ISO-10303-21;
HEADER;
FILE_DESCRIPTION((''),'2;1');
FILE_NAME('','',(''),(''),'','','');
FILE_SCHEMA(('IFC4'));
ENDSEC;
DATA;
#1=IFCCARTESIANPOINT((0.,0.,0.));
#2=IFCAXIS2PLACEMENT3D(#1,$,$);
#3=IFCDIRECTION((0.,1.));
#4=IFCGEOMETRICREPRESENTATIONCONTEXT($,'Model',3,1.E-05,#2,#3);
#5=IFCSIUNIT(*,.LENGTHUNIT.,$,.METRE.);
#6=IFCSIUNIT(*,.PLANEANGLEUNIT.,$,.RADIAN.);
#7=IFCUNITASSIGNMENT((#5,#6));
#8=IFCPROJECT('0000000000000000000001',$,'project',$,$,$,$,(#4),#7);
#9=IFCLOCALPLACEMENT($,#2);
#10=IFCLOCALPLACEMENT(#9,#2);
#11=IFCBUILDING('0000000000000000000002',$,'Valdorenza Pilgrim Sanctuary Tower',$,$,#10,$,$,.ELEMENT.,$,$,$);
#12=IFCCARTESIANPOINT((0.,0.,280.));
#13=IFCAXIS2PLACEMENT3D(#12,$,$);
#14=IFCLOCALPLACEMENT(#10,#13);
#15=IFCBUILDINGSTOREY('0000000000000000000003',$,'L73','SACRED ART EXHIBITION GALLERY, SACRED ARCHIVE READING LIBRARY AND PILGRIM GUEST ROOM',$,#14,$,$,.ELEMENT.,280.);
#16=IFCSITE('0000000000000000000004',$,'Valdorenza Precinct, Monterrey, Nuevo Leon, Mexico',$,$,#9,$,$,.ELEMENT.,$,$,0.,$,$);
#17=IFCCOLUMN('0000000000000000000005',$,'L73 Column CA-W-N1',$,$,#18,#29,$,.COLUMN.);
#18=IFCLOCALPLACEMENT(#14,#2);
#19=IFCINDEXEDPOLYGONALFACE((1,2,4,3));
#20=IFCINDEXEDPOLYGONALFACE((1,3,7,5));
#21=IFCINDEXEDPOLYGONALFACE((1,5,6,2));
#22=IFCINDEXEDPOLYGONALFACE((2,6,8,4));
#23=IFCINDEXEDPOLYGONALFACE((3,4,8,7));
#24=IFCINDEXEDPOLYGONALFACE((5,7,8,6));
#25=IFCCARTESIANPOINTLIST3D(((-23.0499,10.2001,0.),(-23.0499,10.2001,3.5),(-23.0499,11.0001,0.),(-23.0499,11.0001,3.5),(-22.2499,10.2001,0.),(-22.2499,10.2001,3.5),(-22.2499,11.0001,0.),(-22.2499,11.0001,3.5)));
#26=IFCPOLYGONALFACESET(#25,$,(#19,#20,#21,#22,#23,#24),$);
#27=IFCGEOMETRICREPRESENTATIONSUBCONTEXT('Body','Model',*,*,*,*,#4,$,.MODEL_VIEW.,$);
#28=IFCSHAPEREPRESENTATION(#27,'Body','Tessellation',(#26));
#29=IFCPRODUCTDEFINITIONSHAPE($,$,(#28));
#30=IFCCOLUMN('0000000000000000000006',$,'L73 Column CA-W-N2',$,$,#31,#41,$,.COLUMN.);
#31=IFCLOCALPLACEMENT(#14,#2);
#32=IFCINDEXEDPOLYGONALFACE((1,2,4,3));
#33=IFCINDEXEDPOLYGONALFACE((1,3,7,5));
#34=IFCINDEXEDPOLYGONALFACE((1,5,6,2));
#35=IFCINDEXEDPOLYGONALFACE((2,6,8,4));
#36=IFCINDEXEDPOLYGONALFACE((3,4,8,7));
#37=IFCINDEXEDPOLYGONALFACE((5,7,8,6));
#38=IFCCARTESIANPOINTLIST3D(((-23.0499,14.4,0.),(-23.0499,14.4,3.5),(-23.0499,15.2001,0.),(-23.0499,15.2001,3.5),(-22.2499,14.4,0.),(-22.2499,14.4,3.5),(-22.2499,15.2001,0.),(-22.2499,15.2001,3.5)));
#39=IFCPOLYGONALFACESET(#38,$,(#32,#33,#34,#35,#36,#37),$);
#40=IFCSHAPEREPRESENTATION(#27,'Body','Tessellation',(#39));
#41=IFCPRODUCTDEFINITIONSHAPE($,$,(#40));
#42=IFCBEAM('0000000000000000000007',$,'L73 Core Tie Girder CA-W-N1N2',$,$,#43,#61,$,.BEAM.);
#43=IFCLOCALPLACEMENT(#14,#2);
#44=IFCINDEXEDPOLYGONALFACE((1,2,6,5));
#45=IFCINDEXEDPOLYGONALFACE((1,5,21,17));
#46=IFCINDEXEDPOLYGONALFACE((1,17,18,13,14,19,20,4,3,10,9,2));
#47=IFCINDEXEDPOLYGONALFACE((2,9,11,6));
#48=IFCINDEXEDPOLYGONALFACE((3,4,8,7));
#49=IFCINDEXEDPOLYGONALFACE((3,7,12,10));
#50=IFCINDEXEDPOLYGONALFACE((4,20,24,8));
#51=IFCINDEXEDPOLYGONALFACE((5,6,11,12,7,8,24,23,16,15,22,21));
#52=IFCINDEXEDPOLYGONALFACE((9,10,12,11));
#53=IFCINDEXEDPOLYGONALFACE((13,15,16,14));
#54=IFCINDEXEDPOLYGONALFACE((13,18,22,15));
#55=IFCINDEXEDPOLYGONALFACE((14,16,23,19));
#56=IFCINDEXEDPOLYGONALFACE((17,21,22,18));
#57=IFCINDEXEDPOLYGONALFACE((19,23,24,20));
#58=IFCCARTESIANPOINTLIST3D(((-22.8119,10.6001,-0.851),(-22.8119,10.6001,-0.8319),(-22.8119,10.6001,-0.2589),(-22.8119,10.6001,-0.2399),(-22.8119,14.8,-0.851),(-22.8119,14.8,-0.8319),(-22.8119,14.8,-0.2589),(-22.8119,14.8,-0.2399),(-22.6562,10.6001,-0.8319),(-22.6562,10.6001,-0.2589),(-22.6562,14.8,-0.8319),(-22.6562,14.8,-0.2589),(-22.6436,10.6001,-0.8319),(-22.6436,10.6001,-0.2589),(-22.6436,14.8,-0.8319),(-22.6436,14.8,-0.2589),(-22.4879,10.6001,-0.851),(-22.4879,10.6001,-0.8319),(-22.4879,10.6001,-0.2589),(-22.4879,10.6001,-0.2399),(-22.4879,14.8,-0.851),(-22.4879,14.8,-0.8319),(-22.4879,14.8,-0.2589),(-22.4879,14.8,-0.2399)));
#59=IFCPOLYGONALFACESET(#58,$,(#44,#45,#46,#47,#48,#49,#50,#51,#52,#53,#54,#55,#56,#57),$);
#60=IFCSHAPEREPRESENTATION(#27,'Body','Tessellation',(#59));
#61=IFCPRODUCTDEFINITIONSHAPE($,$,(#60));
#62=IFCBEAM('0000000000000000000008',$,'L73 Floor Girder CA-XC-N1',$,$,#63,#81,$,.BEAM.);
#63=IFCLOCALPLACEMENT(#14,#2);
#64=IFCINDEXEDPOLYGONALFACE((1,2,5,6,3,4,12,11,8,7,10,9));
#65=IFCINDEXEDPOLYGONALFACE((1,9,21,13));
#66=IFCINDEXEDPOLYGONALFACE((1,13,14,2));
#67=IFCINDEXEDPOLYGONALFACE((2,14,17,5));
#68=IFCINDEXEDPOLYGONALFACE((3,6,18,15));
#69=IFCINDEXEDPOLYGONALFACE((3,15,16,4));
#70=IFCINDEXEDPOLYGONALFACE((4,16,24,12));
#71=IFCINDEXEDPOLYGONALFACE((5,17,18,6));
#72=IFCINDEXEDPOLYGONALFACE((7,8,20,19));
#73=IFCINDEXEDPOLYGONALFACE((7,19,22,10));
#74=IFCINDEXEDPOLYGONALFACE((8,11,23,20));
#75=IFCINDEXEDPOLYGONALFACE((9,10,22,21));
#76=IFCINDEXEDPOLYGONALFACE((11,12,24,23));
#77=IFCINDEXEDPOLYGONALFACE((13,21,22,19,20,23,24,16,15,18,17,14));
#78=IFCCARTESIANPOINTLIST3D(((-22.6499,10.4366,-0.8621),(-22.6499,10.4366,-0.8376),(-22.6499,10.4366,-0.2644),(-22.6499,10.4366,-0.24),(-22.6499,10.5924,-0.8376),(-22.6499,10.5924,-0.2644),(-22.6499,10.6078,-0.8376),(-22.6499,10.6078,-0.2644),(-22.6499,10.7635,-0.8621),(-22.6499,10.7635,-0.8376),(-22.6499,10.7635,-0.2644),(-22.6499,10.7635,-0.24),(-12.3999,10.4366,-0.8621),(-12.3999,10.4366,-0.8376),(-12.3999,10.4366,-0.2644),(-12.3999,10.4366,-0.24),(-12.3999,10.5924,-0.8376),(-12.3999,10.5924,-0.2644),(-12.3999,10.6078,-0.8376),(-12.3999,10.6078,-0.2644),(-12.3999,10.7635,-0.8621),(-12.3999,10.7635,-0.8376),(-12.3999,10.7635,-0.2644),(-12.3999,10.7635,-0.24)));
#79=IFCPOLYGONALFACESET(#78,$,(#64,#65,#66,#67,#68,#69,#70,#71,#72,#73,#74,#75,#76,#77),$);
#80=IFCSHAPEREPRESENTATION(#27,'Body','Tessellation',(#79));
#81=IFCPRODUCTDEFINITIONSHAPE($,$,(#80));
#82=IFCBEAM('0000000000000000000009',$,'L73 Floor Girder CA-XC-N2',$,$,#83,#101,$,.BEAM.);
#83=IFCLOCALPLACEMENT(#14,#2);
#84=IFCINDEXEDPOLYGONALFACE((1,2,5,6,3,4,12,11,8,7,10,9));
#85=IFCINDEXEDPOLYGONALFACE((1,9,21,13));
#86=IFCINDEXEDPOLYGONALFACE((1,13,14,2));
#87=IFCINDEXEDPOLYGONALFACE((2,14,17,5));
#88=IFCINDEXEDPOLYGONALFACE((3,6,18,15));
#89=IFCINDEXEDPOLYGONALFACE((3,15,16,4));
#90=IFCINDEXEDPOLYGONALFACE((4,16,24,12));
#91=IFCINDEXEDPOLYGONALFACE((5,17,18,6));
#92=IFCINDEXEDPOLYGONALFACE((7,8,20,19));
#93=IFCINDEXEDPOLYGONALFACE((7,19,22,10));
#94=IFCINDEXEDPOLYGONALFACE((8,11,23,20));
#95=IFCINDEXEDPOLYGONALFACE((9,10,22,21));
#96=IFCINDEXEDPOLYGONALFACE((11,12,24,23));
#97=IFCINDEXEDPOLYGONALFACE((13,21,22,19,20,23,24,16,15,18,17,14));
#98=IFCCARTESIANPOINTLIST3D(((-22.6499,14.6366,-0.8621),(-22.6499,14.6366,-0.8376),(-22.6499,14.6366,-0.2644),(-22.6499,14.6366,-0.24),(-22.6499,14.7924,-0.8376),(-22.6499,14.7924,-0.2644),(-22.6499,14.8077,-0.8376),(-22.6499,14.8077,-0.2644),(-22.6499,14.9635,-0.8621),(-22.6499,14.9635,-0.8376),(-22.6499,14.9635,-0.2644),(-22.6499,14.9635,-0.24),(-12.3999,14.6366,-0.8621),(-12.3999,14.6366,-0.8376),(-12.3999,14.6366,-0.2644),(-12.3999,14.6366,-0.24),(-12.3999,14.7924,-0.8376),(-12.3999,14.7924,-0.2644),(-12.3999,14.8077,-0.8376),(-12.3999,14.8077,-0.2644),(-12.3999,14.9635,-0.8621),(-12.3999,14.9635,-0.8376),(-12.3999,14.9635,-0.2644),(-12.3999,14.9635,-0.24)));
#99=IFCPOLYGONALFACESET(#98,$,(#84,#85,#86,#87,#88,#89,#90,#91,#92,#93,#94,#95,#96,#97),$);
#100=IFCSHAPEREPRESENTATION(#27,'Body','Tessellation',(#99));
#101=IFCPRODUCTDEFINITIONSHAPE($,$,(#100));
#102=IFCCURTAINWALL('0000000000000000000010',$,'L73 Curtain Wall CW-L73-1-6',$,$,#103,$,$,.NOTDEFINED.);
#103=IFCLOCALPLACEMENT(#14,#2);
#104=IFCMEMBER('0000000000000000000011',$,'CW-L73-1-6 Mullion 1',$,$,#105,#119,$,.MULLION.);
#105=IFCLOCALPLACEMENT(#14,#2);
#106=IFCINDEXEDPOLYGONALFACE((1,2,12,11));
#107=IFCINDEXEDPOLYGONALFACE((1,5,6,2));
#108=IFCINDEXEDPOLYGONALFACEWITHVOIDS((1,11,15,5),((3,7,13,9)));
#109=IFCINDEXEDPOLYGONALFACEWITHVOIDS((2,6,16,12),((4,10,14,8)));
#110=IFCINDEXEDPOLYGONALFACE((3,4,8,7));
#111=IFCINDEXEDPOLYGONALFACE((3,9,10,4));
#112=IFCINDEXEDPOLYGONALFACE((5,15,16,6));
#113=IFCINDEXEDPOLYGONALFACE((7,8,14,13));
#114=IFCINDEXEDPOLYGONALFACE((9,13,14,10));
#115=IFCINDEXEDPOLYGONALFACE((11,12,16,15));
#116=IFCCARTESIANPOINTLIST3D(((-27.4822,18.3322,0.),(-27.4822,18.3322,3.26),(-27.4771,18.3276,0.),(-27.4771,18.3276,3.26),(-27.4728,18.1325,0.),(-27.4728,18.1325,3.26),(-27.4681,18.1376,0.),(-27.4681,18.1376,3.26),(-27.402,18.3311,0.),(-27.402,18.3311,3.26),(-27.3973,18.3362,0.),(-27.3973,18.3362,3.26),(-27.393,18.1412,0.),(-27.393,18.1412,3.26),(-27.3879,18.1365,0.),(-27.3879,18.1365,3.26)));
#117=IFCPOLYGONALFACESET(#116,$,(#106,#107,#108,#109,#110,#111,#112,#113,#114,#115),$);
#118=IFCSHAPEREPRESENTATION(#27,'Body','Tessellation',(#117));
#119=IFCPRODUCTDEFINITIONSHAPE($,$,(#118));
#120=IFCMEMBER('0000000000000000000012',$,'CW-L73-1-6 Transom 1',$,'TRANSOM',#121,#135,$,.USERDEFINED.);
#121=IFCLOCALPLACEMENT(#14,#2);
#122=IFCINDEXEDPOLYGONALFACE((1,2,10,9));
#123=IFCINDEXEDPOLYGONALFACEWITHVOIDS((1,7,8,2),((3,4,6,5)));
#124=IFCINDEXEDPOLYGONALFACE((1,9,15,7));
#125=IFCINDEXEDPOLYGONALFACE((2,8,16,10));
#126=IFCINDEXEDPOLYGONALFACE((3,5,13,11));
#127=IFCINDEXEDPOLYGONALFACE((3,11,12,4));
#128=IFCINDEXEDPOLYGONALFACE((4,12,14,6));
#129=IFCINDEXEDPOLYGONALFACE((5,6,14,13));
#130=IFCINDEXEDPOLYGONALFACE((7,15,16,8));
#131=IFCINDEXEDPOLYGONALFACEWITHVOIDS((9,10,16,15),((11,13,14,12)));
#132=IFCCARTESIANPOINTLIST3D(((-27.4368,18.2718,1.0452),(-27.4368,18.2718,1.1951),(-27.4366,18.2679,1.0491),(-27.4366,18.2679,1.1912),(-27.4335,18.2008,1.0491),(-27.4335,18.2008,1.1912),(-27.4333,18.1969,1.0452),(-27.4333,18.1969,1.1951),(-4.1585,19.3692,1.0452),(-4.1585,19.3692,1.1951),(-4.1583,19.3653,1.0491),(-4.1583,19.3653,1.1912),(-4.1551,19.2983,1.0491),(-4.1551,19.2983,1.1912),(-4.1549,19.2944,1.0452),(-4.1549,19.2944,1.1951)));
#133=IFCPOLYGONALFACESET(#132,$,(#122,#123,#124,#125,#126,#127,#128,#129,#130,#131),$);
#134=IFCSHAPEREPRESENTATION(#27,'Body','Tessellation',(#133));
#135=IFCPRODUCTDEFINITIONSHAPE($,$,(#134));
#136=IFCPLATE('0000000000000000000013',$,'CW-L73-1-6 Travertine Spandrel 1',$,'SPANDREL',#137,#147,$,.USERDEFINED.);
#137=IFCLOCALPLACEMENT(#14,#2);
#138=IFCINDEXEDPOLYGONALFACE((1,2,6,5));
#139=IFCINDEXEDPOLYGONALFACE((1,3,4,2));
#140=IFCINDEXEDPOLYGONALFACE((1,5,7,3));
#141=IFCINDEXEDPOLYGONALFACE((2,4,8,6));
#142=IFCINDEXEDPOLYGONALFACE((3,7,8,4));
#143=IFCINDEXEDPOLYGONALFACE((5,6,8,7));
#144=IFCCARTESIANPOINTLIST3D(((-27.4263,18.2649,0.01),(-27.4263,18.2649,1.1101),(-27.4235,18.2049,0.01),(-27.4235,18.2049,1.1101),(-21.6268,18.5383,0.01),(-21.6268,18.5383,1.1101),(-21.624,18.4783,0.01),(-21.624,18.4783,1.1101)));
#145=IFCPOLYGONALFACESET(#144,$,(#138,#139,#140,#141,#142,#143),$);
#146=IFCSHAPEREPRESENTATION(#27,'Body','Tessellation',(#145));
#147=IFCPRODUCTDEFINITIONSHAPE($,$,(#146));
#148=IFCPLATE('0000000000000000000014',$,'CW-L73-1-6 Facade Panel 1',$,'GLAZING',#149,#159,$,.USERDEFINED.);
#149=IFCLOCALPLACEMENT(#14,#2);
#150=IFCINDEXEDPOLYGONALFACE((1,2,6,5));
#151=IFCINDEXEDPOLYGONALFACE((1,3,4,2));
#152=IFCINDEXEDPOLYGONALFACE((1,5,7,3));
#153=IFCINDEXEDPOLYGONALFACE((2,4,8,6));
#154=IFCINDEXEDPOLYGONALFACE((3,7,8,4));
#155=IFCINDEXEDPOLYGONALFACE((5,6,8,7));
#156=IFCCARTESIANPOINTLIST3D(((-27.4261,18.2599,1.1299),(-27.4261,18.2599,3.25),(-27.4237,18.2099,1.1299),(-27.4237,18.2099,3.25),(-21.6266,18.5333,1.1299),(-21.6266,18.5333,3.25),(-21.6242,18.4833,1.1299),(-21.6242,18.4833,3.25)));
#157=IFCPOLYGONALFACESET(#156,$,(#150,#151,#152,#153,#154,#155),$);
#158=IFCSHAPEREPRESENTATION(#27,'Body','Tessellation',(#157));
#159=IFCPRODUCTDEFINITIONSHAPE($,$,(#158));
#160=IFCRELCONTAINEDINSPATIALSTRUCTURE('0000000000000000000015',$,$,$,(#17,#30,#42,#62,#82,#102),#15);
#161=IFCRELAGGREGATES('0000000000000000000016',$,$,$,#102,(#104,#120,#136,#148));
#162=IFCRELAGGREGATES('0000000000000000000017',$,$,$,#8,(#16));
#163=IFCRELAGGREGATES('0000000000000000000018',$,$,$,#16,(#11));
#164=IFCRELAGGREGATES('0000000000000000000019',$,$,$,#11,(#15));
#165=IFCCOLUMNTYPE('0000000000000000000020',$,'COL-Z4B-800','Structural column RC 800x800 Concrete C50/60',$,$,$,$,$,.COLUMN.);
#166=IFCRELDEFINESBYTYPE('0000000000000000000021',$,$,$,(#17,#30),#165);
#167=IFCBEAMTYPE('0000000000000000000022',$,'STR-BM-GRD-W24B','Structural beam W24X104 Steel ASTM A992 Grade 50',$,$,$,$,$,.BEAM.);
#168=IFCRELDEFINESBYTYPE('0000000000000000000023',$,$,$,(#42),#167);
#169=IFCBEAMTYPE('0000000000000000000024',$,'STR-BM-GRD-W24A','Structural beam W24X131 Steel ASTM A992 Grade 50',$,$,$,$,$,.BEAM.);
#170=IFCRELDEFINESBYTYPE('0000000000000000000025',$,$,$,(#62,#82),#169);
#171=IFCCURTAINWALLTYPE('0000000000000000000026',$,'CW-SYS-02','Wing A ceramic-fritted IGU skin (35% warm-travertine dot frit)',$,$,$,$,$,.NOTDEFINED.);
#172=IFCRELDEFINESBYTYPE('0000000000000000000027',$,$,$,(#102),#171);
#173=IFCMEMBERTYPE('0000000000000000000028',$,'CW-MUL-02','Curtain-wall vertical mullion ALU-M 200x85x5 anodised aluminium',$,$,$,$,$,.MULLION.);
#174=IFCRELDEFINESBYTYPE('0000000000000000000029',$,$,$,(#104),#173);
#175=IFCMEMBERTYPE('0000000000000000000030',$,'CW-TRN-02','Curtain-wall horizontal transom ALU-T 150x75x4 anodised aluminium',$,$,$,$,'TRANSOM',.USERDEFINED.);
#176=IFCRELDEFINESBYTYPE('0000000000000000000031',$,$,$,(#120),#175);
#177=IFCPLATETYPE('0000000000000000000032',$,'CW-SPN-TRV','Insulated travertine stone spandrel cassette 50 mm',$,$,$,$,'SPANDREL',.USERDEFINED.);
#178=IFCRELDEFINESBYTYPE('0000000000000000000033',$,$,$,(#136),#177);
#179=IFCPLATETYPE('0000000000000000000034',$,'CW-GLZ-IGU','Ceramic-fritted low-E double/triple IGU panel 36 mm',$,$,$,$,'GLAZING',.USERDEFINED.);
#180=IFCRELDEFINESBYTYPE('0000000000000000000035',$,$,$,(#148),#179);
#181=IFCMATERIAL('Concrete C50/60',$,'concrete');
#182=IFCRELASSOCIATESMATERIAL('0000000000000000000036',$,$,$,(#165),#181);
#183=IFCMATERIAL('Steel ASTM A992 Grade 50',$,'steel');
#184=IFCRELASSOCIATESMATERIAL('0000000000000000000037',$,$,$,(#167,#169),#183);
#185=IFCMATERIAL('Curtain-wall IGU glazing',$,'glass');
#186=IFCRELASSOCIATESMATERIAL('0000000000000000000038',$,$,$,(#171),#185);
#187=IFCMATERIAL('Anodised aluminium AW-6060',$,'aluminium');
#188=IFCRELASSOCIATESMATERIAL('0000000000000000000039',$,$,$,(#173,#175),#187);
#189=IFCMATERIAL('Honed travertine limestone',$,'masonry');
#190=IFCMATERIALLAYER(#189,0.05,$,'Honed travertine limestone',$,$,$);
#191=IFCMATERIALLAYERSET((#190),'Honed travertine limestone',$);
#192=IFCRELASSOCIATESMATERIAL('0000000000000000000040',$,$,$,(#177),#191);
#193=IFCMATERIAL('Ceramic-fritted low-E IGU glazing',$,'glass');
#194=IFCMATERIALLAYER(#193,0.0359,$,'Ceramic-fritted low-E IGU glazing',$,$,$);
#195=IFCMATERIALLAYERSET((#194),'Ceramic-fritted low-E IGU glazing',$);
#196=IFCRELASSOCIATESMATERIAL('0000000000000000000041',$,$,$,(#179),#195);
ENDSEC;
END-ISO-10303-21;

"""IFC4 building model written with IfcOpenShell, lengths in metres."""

from ifc_helpers import new_model, si_unit, direction, frame, origin, origin_2d, place, context, subcontext, project, spatial, rectangle, hollow_rectangle, i_section, extrude, source, transform, mapped, material, layer, layer_set, material_profile, profile_set, type_object, element, aggregate, save


model = new_model("IFC4")

# Units and contexts
model_context = context("Model", 3, precision=1e-05, world=origin(), true_north=direction((0.0, 1.0)))
body_context = subcontext(model_context, "Body", "Model", "MODEL_VIEW")
ifc_project = project(units=[si_unit("LENGTHUNIT", "METRE"), si_unit("PLANEANGLEUNIT", "RADIAN")], contexts=[model_context])

# Site, building, storey
site_placement = place(None, origin())
site = spatial("IfcSite", under=ifc_project, at=site_placement, Name="Valdorenza Precinct, Monterrey, Nuevo Leon, Mexico", CompositionType="ELEMENT", RefElevation=0.0)
building_placement = place(site_placement, origin())
building = spatial("IfcBuilding", under=site, at=building_placement, Name="Valdorenza Pilgrim Sanctuary Tower", CompositionType="ELEMENT")
storey_placement = place(building_placement, frame((0.0, 0.0, 280.0)))
storey = spatial("IfcBuildingStorey", under=building, at=storey_placement, Name="L73", Description="SACRED ART EXHIBITION GALLERY, SACRED ARCHIVE READING LIBRARY AND PILGRIM GUEST ROOM", CompositionType="ELEMENT", Elevation=280.0)

# Columns
ifc_material_1 = material(Name="Concrete C50/60", Category="concrete")
ifc_material_profile_1 = material_profile(ifc_material_1, rectangle(XDim=0.8, YDim=0.8, at=origin_2d()), Name="RC 800x800")
ifc_profile_set_1 = profile_set([ifc_material_profile_1], Name="Concrete C50/60")
column_type = type_object("IfcColumnType", Name="COL-Z4B-800", Description="Structural column RC 800x800 Concrete C50/60", PredefinedType="COLUMN", material=ifc_profile_set_1)
shared_shape_1 = source(origin(), body_context, "Body", "SweptSolid", [
    extrude(rectangle(XDim=0.8, YDim=0.8, at=origin_2d()), origin(), (0.0, 0.0, 1.0), 3.5),
])
for number, where, z_axis, x_axis, name in (
    (1, (-22.6499, 10.6001, 0.0), (0.0, 0.0, 1.0), (1.0, 0.0, 0.0), "L73 Column CA-W-N1"),
    (2, (-22.6499, 14.8, 0.0), (0.0, 0.0, 1.0), (1.0, 0.0, 0.0), "L73 Column CA-W-N2"),
):
    element("IfcColumn", number, at=place(storey_placement, frame(where, z_axis=z_axis, x_axis=x_axis)), inside=storey, type_object=column_type, Name=name, PredefinedType="COLUMN", context=body_context, shape_type="MappedRepresentation", body=[
        mapped(shared_shape_1, transform((0.0, 0.0, 0.0), x_axis=(1.0, 0.0, 0.0), y_axis=(0.0, 1.0, 0.0), z_axis=(0.0, 0.0, 1.0), scale=1.0)),
    ])

# Beams
ifc_material_2 = material(Name="Steel ASTM A992 Grade 50", Category="steel")
ifc_material_profile_2 = material_profile(ifc_material_2, i_section(OverallWidth=0.324, OverallDepth=0.6111, WebThickness=0.0127, FlangeThickness=0.019, at=origin_2d()), Name="W24X104")
ifc_profile_set_2 = profile_set([ifc_material_profile_2], Name="Steel ASTM A992 Grade 50")
beam_type_1 = type_object("IfcBeamType", Name="STR-BM-GRD-W24B", Description="Structural beam W24X104 Steel ASTM A992 Grade 50", PredefinedType="BEAM", material=ifc_profile_set_2)
shared_shape_2 = source(origin(), body_context, "Body", "SweptSolid", [
    extrude(i_section(OverallWidth=0.324, OverallDepth=0.6111, WebThickness=0.0127, FlangeThickness=0.019, at=origin_2d()), origin(), (0.0, 0.0, 1.0), 4.2),
])
beam_placement = place(storey_placement, frame((-22.6499, 10.6001, -0.5454), z_axis=(0.0, 1.0, 0.0), x_axis=(-1.0, 0.0, 0.0)))
element("IfcBeam", 3, at=beam_placement, inside=storey, type_object=beam_type_1, Name="L73 Core Tie Girder CA-W-N1N2", PredefinedType="BEAM", context=body_context, shape_type="MappedRepresentation", body=[
    mapped(shared_shape_2, transform((0.0, 0.0, 0.0), x_axis=(1.0, 0.0, 0.0), y_axis=(0.0, 1.0, 0.0), z_axis=(0.0, 0.0, 1.0), scale=1.0)),
])
ifc_material_profile_3 = material_profile(ifc_material_2, i_section(OverallWidth=0.3269, OverallDepth=0.6221, WebThickness=0.0154, FlangeThickness=0.0244, at=origin_2d()), Name="W24X131")
ifc_profile_set_3 = profile_set([ifc_material_profile_3], Name="Steel ASTM A992 Grade 50")
beam_type_2 = type_object("IfcBeamType", Name="STR-BM-GRD-W24A", Description="Structural beam W24X131 Steel ASTM A992 Grade 50", PredefinedType="BEAM", material=ifc_profile_set_3)
shared_shape_3 = source(origin(), body_context, "Body", "SweptSolid", [
    extrude(i_section(OverallWidth=0.3269, OverallDepth=0.6221, WebThickness=0.0154, FlangeThickness=0.0244, at=origin_2d()), origin(), (0.0, 0.0, 1.0), 10.25),
])
for number, where, z_axis, x_axis, name in (
    (4, (-22.6499, 10.6001, -0.551), (1.0, 0.0, 0.0), (0.0, 1.0, 0.0), "L73 Floor Girder CA-XC-N1"),
    (5, (-22.6499, 14.8, -0.551), (1.0, 0.0, 0.0), (0.0, 1.0, 0.0), "L73 Floor Girder CA-XC-N2"),
):
    element("IfcBeam", number, at=place(storey_placement, frame(where, z_axis=z_axis, x_axis=x_axis)), inside=storey, type_object=beam_type_2, Name=name, PredefinedType="BEAM", context=body_context, shape_type="MappedRepresentation", body=[
        mapped(shared_shape_3, transform((0.0, 0.0, 0.0), x_axis=(1.0, 0.0, 0.0), y_axis=(0.0, 1.0, 0.0), z_axis=(0.0, 0.0, 1.0), scale=1.0)),
    ])

# Curtain wall, members, plates
ifc_material_3 = material(Name="Curtain-wall IGU glazing", Category="glass")
curtain_wall_type = type_object("IfcCurtainWallType", Name="CW-SYS-02", Description="Wing A ceramic-fritted IGU skin (35% warm-travertine dot frit)", PredefinedType="NOTDEFINED", material=ifc_material_3)
curtain_wall_placement = place(storey_placement, origin())
curtain_wall = element("IfcCurtainWall", 6, at=curtain_wall_placement, inside=storey, type_object=curtain_wall_type, Name="L73 Curtain Wall CW-L73-1-6", PredefinedType="NOTDEFINED")
ifc_material_4 = material(Name="Anodised aluminium AW-6060", Category="aluminium")
ifc_material_profile_4 = material_profile(ifc_material_4, hollow_rectangle(XDim=0.085, YDim=0.2, WallThickness=0.0049, at=origin_2d()), Name="ALU-M 200x85x5")
ifc_profile_set_4 = profile_set([ifc_material_profile_4], Name="Anodised aluminium AW-6060")
member_type_1 = type_object("IfcMemberType", Name="CW-MUL-02", Description="Curtain-wall vertical mullion ALU-M 200x85x5 anodised aluminium", PredefinedType="MULLION", material=ifc_profile_set_4)
shared_shape_4 = source(origin(), body_context, "Body", "SweptSolid", [
    extrude(hollow_rectangle(XDim=0.085, YDim=0.2, WallThickness=0.0049, at=origin_2d()), origin(), (0.0, 0.0, 1.0), 3.26),
])
member_1_placement = place(storey_placement, frame((-27.4351, 18.2344, 0.0), z_axis=(0.0, 0.0, 1.0), x_axis=(0.998891, 0.047089, 0.0)))
member_1 = element("IfcMember", 7, at=member_1_placement, type_object=member_type_1, Name="CW-L73-1-6 Mullion 1", PredefinedType="MULLION", context=body_context, shape_type="MappedRepresentation", body=[
    mapped(shared_shape_4, transform((0.0, 0.0, 0.0), x_axis=(1.0, 0.0, 0.0), y_axis=(0.0, 1.0, 0.0), z_axis=(0.0, 0.0, 1.0), scale=1.0)),
])
ifc_material_profile_5 = material_profile(ifc_material_4, hollow_rectangle(XDim=0.075, YDim=0.1499, WallThickness=0.0039, at=origin_2d()), Name="ALU-T 150x75x4")
ifc_profile_set_5 = profile_set([ifc_material_profile_5], Name="Anodised aluminium AW-6060")
member_type_2 = type_object("IfcMemberType", Name="CW-TRN-02", Description="Curtain-wall horizontal transom ALU-T 150x75x4 anodised aluminium", ElementType="TRANSOM", PredefinedType="USERDEFINED", material=ifc_profile_set_5)
shared_shape_5 = source(origin(), body_context, "Body", "SweptSolid", [
    extrude(hollow_rectangle(XDim=0.075, YDim=0.1499, WallThickness=0.0039, at=origin_2d()), origin(), (0.0, 0.0, 1.0), 23.3042),
])
member_2_placement = place(storey_placement, frame((-27.4351, 18.2344, 1.1201), z_axis=(0.998891, 0.047091, 0.0), x_axis=(-0.047091, 0.998891, 0.0)))
member_2 = element("IfcMember", 8, at=member_2_placement, type_object=member_type_2, Name="CW-L73-1-6 Transom 1", ObjectType="TRANSOM", PredefinedType="USERDEFINED", context=body_context, shape_type="MappedRepresentation", body=[
    mapped(shared_shape_5, transform((0.0, 0.0, 0.0), x_axis=(1.0, 0.0, 0.0), y_axis=(0.0, 1.0, 0.0), z_axis=(0.0, 0.0, 1.0), scale=1.0)),
])
ifc_material_5 = material(Name="Honed travertine limestone", Category="masonry")
ifc_layer_1 = layer(ifc_material_5, 0.05, Name="Honed travertine limestone")
ifc_layer_set_1 = layer_set([ifc_layer_1], Name="Honed travertine limestone")
plate_type_1 = type_object("IfcPlateType", Name="CW-SPN-TRV", Description="Insulated travertine stone spandrel cassette 50 mm", ElementType="SPANDREL", PredefinedType="USERDEFINED", material=ifc_layer_set_1)
shared_shape_6 = source(origin(), body_context, "Body", "SweptSolid", [
    extrude(rectangle(XDim=5.8059, YDim=0.0601, at=origin_2d()), origin(), (0.0, 0.0, 1.0), 1.1001),
])
plate_1_placement = place(storey_placement, frame((-24.5251, 18.3716, 0.01), z_axis=(0.0, 0.0, 1.0), x_axis=(0.998891, 0.047089, 0.0)))
plate_1 = element("IfcPlate", 9, at=plate_1_placement, type_object=plate_type_1, Name="CW-L73-1-6 Travertine Spandrel 1", ObjectType="SPANDREL", PredefinedType="USERDEFINED", context=body_context, shape_type="MappedRepresentation", body=[
    mapped(shared_shape_6, transform((0.0, 0.0, 0.0), x_axis=(1.0, 0.0, 0.0), y_axis=(0.0, 1.0, 0.0), z_axis=(0.0, 0.0, 1.0), scale=1.0)),
])
ifc_material_6 = material(Name="Ceramic-fritted low-E IGU glazing", Category="glass")
ifc_layer_2 = layer(ifc_material_6, 0.0359, Name="Ceramic-fritted low-E IGU glazing")
ifc_layer_set_2 = layer_set([ifc_layer_2], Name="Ceramic-fritted low-E IGU glazing")
plate_type_2 = type_object("IfcPlateType", Name="CW-GLZ-IGU", Description="Ceramic-fritted low-E double/triple IGU panel 36 mm", ElementType="GLAZING", PredefinedType="USERDEFINED", material=ifc_layer_set_2)
shared_shape_7 = source(origin(), body_context, "Body", "SweptSolid", [
    extrude(rectangle(XDim=5.8059, YDim=0.05, at=origin_2d()), origin(), (0.0, 0.0, 1.0), 2.1201),
])
plate_2_placement = place(storey_placement, frame((-24.5251, 18.3716, 1.1299), z_axis=(0.0, 0.0, 1.0), x_axis=(0.998891, 0.047089, 0.0)))
plate_2 = element("IfcPlate", 10, at=plate_2_placement, type_object=plate_type_2, Name="CW-L73-1-6 Facade Panel 1", ObjectType="GLAZING", PredefinedType="USERDEFINED", context=body_context, shape_type="MappedRepresentation", body=[
    mapped(shared_shape_7, transform((0.0, 0.0, 0.0), x_axis=(1.0, 0.0, 0.0), y_axis=(0.0, 1.0, 0.0), z_axis=(0.0, 0.0, 1.0), scale=1.0)),
])
aggregate(curtain_wall, [member_1, member_2, plate_1, plate_2])

save(model, "model.ifc")
